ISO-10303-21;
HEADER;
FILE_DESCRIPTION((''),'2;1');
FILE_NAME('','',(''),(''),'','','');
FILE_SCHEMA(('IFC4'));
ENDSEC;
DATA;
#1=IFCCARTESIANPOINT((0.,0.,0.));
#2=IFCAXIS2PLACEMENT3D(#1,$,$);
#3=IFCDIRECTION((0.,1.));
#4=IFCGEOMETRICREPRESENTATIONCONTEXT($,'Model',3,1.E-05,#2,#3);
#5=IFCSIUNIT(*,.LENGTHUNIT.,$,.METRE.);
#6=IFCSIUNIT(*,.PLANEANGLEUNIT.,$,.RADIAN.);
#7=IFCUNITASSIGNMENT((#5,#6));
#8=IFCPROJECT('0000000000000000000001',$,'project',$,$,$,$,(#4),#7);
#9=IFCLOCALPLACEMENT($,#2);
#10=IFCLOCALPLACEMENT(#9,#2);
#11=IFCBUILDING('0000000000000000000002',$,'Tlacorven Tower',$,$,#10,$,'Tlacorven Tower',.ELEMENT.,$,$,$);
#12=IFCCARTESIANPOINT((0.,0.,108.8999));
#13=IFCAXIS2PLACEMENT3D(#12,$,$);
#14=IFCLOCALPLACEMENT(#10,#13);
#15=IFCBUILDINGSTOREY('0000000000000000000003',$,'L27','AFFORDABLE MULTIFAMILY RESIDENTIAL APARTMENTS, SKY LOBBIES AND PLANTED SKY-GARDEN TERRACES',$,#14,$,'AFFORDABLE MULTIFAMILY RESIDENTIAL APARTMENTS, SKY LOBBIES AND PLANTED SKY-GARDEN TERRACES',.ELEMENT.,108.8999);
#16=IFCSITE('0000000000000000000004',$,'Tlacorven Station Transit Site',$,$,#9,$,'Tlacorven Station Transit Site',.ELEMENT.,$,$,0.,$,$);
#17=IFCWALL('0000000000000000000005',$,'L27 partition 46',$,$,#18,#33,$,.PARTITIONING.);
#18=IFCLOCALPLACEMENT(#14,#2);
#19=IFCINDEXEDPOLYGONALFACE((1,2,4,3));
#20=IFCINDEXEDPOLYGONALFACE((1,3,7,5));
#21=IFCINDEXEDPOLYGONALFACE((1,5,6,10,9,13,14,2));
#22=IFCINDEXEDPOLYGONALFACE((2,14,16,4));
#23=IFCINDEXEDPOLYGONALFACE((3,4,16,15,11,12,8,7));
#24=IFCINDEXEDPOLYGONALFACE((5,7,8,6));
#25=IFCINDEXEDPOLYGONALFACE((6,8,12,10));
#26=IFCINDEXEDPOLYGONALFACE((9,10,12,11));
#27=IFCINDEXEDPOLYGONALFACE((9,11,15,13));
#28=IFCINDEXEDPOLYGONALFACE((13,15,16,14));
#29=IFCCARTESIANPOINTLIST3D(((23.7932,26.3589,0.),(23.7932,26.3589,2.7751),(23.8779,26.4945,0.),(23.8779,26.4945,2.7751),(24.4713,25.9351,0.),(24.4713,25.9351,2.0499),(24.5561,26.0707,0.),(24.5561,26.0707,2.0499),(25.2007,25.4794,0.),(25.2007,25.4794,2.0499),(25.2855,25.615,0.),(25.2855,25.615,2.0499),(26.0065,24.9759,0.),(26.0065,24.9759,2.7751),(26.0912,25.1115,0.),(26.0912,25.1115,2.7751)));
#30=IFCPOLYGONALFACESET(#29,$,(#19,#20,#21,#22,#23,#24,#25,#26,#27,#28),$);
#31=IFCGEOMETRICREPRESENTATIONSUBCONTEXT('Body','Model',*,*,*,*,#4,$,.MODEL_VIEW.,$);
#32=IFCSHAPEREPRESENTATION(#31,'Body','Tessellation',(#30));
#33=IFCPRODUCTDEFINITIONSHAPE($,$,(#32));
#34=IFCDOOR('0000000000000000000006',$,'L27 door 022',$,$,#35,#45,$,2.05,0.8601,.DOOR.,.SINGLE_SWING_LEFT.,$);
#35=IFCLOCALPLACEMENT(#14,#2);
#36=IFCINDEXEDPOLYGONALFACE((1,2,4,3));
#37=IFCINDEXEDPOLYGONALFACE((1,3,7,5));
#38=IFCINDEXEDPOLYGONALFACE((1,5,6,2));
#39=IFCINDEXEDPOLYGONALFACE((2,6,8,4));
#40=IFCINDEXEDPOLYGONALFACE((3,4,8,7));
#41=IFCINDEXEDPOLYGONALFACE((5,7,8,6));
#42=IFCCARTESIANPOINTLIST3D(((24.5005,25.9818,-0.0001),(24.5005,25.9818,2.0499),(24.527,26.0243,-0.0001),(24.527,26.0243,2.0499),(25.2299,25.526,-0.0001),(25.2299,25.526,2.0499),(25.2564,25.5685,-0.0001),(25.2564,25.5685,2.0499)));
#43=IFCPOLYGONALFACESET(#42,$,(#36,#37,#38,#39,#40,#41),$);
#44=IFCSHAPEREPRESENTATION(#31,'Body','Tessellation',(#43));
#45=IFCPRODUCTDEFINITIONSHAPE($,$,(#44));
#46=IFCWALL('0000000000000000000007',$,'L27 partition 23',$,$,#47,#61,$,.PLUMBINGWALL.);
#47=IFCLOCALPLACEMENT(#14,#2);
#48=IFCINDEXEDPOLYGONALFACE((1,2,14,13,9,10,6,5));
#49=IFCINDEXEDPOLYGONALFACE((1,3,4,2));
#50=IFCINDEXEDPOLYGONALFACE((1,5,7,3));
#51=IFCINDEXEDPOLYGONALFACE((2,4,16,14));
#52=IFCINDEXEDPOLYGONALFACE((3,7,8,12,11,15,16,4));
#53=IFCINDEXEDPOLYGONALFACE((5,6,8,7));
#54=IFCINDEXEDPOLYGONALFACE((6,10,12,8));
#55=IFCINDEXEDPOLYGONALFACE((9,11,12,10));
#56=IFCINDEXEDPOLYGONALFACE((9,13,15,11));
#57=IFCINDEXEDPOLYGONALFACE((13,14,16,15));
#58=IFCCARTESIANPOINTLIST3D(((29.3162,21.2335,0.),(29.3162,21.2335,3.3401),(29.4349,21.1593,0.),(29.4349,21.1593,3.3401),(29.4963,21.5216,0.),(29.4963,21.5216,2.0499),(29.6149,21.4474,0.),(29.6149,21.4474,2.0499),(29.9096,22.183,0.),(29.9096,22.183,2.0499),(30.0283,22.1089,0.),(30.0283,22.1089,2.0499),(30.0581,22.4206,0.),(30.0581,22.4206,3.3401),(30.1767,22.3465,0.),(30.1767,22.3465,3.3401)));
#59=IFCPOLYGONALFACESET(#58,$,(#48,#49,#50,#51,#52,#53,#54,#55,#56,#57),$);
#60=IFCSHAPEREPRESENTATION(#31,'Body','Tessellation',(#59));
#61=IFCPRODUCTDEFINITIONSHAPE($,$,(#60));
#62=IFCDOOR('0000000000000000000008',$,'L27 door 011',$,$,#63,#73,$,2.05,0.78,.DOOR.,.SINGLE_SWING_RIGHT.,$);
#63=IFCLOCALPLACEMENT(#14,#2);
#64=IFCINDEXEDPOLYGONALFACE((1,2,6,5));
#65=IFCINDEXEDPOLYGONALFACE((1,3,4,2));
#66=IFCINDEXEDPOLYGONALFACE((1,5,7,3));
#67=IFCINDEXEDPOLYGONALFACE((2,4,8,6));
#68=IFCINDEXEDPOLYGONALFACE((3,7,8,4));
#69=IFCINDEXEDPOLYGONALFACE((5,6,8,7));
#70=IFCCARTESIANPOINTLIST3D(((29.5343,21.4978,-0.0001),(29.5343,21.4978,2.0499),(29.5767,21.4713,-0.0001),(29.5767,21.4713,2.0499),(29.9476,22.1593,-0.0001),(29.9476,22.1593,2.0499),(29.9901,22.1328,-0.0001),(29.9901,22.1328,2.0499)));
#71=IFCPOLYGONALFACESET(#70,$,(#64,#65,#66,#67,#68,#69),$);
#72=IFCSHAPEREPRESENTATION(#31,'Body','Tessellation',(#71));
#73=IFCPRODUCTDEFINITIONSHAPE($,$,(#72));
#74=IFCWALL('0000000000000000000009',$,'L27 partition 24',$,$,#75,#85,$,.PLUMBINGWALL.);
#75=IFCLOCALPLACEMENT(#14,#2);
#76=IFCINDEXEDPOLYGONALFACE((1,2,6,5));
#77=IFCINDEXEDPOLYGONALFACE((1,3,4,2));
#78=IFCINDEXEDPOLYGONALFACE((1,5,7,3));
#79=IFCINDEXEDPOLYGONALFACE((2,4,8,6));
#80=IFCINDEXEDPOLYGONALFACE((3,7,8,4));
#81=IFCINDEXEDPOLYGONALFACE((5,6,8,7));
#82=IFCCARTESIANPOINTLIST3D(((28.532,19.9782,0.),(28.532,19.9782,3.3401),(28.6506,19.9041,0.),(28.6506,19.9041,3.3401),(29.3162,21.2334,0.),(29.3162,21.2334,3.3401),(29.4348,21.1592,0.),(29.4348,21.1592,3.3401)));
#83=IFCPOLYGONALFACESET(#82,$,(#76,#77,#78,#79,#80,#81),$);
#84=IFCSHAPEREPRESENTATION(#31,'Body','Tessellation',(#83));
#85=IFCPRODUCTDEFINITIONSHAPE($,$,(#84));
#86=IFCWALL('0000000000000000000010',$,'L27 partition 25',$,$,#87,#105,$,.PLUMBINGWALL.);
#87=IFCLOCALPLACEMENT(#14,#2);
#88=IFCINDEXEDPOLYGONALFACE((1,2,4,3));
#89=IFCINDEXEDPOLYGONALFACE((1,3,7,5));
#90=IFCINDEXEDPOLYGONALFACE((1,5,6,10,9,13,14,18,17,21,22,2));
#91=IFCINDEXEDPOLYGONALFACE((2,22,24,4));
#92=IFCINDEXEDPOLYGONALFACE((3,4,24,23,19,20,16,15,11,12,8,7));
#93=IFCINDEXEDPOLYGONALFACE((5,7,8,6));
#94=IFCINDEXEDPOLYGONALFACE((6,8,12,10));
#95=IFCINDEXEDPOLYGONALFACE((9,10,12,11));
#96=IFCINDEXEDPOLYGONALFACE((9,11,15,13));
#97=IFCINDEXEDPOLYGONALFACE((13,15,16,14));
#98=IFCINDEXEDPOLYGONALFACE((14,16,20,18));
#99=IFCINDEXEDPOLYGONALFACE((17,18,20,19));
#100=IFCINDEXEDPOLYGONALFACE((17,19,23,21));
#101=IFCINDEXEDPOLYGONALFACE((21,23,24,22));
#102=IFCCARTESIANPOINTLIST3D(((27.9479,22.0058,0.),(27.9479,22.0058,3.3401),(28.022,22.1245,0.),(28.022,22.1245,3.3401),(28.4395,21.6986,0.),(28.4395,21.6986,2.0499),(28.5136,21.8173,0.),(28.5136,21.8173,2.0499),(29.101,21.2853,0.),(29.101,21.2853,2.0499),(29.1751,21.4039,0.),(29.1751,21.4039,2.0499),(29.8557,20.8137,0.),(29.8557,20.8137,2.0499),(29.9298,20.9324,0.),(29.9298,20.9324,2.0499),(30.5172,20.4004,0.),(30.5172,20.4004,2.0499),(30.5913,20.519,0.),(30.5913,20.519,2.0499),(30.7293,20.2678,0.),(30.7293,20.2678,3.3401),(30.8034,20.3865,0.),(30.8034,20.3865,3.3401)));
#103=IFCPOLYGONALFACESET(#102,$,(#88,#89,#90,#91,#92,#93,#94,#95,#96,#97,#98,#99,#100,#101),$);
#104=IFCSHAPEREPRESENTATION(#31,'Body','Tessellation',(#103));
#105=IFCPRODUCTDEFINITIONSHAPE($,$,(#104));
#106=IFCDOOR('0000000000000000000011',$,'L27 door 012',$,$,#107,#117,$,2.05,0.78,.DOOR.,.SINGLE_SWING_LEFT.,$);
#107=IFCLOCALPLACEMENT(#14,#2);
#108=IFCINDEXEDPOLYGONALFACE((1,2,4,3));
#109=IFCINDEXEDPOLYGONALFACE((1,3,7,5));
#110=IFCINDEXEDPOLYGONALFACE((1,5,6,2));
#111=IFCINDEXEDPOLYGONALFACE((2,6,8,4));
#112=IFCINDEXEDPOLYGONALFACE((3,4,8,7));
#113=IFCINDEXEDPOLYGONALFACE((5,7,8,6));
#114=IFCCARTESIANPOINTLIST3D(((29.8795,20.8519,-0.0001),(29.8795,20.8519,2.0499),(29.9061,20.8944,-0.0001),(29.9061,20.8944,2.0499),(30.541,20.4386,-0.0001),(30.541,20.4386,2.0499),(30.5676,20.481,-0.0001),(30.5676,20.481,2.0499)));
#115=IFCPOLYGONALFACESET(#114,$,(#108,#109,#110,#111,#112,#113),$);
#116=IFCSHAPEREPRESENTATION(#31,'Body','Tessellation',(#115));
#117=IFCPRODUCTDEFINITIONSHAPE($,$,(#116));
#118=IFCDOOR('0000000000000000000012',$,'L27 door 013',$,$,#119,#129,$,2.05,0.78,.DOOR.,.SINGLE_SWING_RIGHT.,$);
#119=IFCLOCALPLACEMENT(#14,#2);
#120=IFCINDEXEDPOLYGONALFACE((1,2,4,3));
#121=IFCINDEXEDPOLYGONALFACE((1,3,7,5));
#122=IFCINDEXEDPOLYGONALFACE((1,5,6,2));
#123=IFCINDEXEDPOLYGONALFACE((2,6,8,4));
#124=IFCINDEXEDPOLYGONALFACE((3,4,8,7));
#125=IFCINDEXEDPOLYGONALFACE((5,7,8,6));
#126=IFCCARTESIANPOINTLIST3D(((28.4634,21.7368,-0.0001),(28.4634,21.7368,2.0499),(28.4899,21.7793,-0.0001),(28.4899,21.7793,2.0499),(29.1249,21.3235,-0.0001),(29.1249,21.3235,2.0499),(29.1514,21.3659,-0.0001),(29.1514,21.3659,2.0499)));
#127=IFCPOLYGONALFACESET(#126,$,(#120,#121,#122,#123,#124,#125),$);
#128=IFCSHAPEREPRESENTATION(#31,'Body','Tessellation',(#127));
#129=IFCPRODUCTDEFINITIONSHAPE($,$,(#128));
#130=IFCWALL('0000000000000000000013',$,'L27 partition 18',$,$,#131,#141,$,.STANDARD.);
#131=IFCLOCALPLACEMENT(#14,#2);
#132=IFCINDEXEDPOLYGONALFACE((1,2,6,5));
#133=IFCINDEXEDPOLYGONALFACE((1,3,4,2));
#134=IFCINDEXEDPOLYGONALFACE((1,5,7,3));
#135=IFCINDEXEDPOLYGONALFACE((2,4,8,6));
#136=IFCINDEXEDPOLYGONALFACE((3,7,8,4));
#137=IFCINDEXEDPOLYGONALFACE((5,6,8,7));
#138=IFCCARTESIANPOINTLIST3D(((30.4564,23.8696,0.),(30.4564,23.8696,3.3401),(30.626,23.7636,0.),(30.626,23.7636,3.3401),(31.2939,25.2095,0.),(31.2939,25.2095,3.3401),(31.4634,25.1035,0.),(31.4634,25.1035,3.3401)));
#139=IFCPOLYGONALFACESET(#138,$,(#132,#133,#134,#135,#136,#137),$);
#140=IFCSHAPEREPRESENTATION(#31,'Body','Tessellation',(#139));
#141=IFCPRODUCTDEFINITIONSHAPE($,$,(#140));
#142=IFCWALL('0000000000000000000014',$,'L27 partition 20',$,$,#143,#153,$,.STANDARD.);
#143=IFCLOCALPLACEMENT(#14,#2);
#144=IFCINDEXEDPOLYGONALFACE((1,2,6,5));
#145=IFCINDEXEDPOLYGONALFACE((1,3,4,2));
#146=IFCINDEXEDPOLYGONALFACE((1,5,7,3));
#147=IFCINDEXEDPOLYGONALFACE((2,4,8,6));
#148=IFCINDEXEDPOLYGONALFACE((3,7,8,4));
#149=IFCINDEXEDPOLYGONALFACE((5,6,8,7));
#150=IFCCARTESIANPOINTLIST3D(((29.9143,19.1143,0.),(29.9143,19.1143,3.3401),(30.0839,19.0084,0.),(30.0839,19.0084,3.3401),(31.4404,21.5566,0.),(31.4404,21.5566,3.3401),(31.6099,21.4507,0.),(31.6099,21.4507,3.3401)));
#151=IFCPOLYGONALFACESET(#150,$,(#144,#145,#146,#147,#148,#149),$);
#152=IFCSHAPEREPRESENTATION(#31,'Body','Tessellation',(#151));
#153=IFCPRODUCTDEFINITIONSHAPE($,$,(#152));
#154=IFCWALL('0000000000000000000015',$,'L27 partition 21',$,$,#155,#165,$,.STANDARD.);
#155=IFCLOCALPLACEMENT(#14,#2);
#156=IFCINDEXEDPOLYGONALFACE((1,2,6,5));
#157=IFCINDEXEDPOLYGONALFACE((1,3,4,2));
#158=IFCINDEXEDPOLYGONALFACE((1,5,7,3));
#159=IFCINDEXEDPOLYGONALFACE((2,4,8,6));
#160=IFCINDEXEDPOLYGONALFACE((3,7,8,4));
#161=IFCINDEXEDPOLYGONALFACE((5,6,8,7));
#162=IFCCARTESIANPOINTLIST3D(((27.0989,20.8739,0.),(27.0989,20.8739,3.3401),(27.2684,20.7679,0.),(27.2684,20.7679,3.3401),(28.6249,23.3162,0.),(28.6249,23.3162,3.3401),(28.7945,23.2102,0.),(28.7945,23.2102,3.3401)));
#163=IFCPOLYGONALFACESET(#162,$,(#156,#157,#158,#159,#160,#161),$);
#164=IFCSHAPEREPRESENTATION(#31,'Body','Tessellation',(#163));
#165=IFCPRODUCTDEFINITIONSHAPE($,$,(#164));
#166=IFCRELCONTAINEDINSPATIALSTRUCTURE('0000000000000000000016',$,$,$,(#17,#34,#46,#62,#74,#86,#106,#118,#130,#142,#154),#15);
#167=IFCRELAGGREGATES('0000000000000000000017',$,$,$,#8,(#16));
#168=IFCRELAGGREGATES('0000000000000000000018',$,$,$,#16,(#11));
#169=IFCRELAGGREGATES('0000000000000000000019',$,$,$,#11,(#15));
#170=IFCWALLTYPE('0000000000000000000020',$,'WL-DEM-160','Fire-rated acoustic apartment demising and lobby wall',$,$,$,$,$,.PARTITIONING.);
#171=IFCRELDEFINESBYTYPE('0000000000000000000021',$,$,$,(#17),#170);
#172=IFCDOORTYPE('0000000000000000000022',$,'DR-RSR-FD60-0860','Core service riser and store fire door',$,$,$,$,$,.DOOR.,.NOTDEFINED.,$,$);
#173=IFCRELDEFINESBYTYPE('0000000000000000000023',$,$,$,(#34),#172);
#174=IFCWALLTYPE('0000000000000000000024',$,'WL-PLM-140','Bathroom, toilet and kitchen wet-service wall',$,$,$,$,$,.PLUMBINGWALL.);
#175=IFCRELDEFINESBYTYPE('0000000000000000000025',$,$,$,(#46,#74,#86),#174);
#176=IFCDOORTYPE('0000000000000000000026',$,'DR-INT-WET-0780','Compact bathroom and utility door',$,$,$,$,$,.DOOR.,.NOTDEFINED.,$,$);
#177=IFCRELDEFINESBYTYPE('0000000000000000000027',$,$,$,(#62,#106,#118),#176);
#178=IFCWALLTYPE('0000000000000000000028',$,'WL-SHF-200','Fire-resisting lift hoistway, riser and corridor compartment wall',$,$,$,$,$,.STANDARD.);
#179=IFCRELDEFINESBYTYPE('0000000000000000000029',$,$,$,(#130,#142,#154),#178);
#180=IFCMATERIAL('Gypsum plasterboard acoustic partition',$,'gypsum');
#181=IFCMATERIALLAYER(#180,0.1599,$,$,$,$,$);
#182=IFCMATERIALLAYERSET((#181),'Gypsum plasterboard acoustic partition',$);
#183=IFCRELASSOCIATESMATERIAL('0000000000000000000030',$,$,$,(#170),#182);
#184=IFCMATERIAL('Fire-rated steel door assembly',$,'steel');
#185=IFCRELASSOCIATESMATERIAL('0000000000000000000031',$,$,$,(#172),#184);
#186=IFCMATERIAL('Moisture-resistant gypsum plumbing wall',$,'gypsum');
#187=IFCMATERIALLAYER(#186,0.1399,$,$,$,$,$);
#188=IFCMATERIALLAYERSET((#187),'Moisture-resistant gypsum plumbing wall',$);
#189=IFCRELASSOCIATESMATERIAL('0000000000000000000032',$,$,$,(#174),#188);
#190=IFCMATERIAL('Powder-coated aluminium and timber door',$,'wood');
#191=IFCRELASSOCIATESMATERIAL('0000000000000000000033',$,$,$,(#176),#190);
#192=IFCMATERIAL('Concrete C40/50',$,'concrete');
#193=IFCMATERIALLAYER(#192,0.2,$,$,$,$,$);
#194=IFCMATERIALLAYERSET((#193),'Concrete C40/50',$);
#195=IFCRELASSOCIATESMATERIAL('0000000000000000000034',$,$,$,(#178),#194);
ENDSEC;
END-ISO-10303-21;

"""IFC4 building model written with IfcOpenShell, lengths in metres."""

from ifc_helpers import new_model, si_unit, direction, frame, frame_2d, origin, place, context, subcontext, project, spatial, rectangle, extrude, source, transform, mapped, material, layer, layer_set, type_object, element, fill, save


model = new_model("IFC4")

# Units and contexts
model_context = context("Model", 3, precision=1e-05, world=origin(), true_north=direction((0.0, 1.0)))
body_context = subcontext(model_context, "Body", "Model", "MODEL_VIEW")
ifc_project = project(units=[si_unit("LENGTHUNIT", "METRE"), si_unit("PLANEANGLEUNIT", "RADIAN")], contexts=[model_context])

# Site, building, storey
site_placement = place(None, origin())
site = spatial("IfcSite", under=ifc_project, at=site_placement, Name="Tlacorven Station Transit Site", LongName="Tlacorven Station Transit Site", CompositionType="ELEMENT", RefElevation=0.0)
building_placement = place(site_placement, origin())
building = spatial("IfcBuilding", under=site, at=building_placement, Name="Tlacorven Tower", LongName="Tlacorven Tower", CompositionType="ELEMENT")
storey_placement = place(building_placement, frame((0.0, 0.0, 108.8999)))
storey = spatial("IfcBuildingStorey", under=building, at=storey_placement, Name="L27", Description="AFFORDABLE MULTIFAMILY RESIDENTIAL APARTMENTS, SKY LOBBIES AND PLANTED SKY-GARDEN TERRACES", LongName="AFFORDABLE MULTIFAMILY RESIDENTIAL APARTMENTS, SKY LOBBIES AND PLANTED SKY-GARDEN TERRACES", CompositionType="ELEMENT", Elevation=108.8999)

# Walls, openings, doors
ifc_material_1 = material(Name="Gypsum plasterboard acoustic partition", Category="gypsum")
ifc_layer_1 = layer(ifc_material_1, 0.1599)
ifc_layer_set_1 = layer_set([ifc_layer_1], Name="Gypsum plasterboard acoustic partition")
wall_type_1 = type_object("IfcWallType", Name="WL-DEM-160", Description="Fire-rated acoustic apartment demising and lobby wall", PredefinedType="PARTITIONING", material=ifc_layer_set_1)
wall_1_placement = place(storey_placement, frame((26.0488, 25.0437, 0.0), z_axis=(0.0, 0.0, 1.0), x_axis=(-0.848051, 0.529915, 0.0)))
wall_1 = element("IfcWall", 1, at=wall_1_placement, inside=storey, type_object=wall_type_1, Name="L27 partition 46", PredefinedType="PARTITIONING", context=body_context, shape_type="SweptSolid", body=[
    extrude(rectangle(XDim=2.6099, YDim=0.1599, at=frame_2d((1.3049, 0.0))), origin(), (0.0, 0.0, 1.0), 2.7751),
])
opening_1_placement = place(wall_1_placement, frame((0.95, 0.0, 0.0)))
opening_1 = element("IfcOpeningElement", 2, at=opening_1_placement, cuts=wall_1, PredefinedType="OPENING", context=body_context, shape_type="SweptSolid", body=[
    extrude(rectangle(XDim=0.8601, YDim=2.05, at=frame_2d((0.4302, 1.0249))), frame((0.0, 0.0898, 0.0), z_axis=(0.0, -1.0, 0.0), x_axis=(1.0, 0.0, 0.0)), (0.0, 0.0, 1.0), 0.1799),
])
ifc_material_2 = material(Name="Fire-rated steel door assembly", Category="steel")
door_type_1 = type_object("IfcDoorType", Name="DR-RSR-FD60-0860", Description="Core service riser and store fire door", OperationType="NOTDEFINED", PredefinedType="DOOR", material=ifc_material_2)
shared_shape_1 = source(origin(), body_context, "Body", "SweptSolid", [
    extrude(rectangle(XDim=0.8601, YDim=2.05, at=frame_2d((0.4302, 1.0249))), frame((0.0, 0.0249, 0.0), z_axis=(0.0, -1.0, 0.0), x_axis=(1.0, 0.0, 0.0)), (0.0, 0.0, 1.0), 0.05),
])
door_1_placement = place(opening_1_placement, origin())
door_1 = element("IfcDoor", 3, at=door_1_placement, inside=storey, type_object=door_type_1, Name="L27 door 022", OperationType="SINGLE_SWING_LEFT", OverallHeight=2.05, OverallWidth=0.8601, PredefinedType="DOOR", context=body_context, shape_type="MappedRepresentation", body=[
    mapped(shared_shape_1, transform((0.0, 0.0, 0.0), scale=1.0)),
])
fill(opening_1, door_1)
ifc_material_3 = material(Name="Moisture-resistant gypsum plumbing wall", Category="gypsum")
ifc_layer_2 = layer(ifc_material_3, 0.1399)
ifc_layer_set_2 = layer_set([ifc_layer_2], Name="Moisture-resistant gypsum plumbing wall")
wall_type_2 = type_object("IfcWallType", Name="WL-PLM-140", Description="Bathroom, toilet and kitchen wet-service wall", PredefinedType="PLUMBINGWALL", material=ifc_layer_set_2)
wall_2_placement = place(storey_placement, frame((30.1174, 22.3835, 0.0), z_axis=(0.0, 0.0, 1.0), x_axis=(-0.529952, -0.848028, 0.0)))
wall_2 = element("IfcWall", 4, at=wall_2_placement, inside=storey, type_object=wall_type_2, Name="L27 partition 23", PredefinedType="PLUMBINGWALL", context=body_context, shape_type="SweptSolid", body=[
    extrude(rectangle(XDim=1.3999, YDim=0.1399, at=frame_2d((0.7, 0.0))), origin(), (0.0, 0.0, 1.0), 3.3401),
])
opening_2_placement = place(wall_2_placement, frame((0.28, 0.0, 0.0)))
opening_2 = element("IfcOpeningElement", 5, at=opening_2_placement, cuts=wall_2, PredefinedType="OPENING", context=body_context, shape_type="SweptSolid", body=[
    extrude(rectangle(XDim=0.78, YDim=2.05, at=frame_2d((0.3901, 1.0249))), frame((0.0, 0.0801, 0.0), z_axis=(0.0, -1.0, 0.0), x_axis=(1.0, 0.0, 0.0)), (0.0, 0.0, 1.0), 0.1599),
])
ifc_material_4 = material(Name="Powder-coated aluminium and timber door", Category="wood")
door_type_2 = type_object("IfcDoorType", Name="DR-INT-WET-0780", Description="Compact bathroom and utility door", OperationType="NOTDEFINED", PredefinedType="DOOR", material=ifc_material_4)
shared_shape_2 = source(origin(), body_context, "Body", "SweptSolid", [
    extrude(rectangle(XDim=0.78, YDim=2.05, at=frame_2d((0.3901, 1.0249))), frame((0.0, 0.0249, 0.0), z_axis=(0.0, -1.0, 0.0), x_axis=(1.0, 0.0, 0.0)), (0.0, 0.0, 1.0), 0.05),
])
door_2_placement = place(opening_2_placement, origin())
door_2 = element("IfcDoor", 6, at=door_2_placement, inside=storey, type_object=door_type_2, Name="L27 door 011", OperationType="SINGLE_SWING_RIGHT", OverallHeight=2.05, OverallWidth=0.78, PredefinedType="DOOR", context=body_context, shape_type="MappedRepresentation", body=[
    mapped(shared_shape_2, transform((0.0, 0.0, 0.0), scale=1.0)),
])
fill(opening_2, door_2)

# Wall
wall_3_placement = place(storey_placement, frame((29.3755, 21.1963, 0.0), z_axis=(0.0, 0.0, 1.0), x_axis=(-0.529865, -0.848082, 0.0)))
element("IfcWall", 7, at=wall_3_placement, inside=storey, type_object=wall_type_2, Name="L27 partition 24", PredefinedType="PLUMBINGWALL", context=body_context, shape_type="SweptSolid", body=[
    extrude(rectangle(XDim=1.48, YDim=0.1399, at=frame_2d((0.74, 0.0))), origin(), (0.0, 0.0, 1.0), 3.3401),
])

# Wall, openings, doors
wall_4_placement = place(storey_placement, frame((30.7664, 20.3271, 0.0), z_axis=(0.0, 0.0, 1.0), x_axis=(-0.848053, 0.529912, 0.0)))
wall_4 = element("IfcWall", 8, at=wall_4_placement, inside=storey, type_object=wall_type_2, Name="L27 partition 25", PredefinedType="PLUMBINGWALL", context=body_context, shape_type="SweptSolid", body=[
    extrude(rectangle(XDim=3.2798, YDim=0.1399, at=frame_2d((1.6399, 0.0))), origin(), (0.0, 0.0, 1.0), 3.3401),
])
opening_3_placement = place(wall_4_placement, frame((0.25, 0.0, 0.0)))
opening_3 = element("IfcOpeningElement", 9, at=opening_3_placement, cuts=wall_4, PredefinedType="OPENING", context=body_context, shape_type="SweptSolid", body=[
    extrude(rectangle(XDim=0.78, YDim=2.05, at=frame_2d((0.3901, 1.0249))), frame((0.0, 0.0801, 0.0), z_axis=(0.0, -1.0, 0.0), x_axis=(1.0, 0.0, 0.0)), (0.0, 0.0, 1.0), 0.1599),
])
opening_4_placement = place(wall_4_placement, frame((1.9199, 0.0, 0.0)))
opening_4 = element("IfcOpeningElement", 10, at=opening_4_placement, cuts=wall_4, PredefinedType="OPENING", context=body_context, shape_type="SweptSolid", body=[
    extrude(rectangle(XDim=0.78, YDim=2.05, at=frame_2d((0.3901, 1.0249))), frame((0.0, 0.0801, 0.0), z_axis=(0.0, -1.0, 0.0), x_axis=(1.0, 0.0, 0.0)), (0.0, 0.0, 1.0), 0.1599),
])
door_3_placement = place(opening_3_placement, origin())
door_3 = element("IfcDoor", 11, at=door_3_placement, inside=storey, type_object=door_type_2, Name="L27 door 012", OperationType="SINGLE_SWING_LEFT", OverallHeight=2.05, OverallWidth=0.78, PredefinedType="DOOR", context=body_context, shape_type="MappedRepresentation", body=[
    mapped(shared_shape_2, transform((0.0, 0.0, 0.0), scale=1.0)),
])
fill(opening_3, door_3)
door_4_placement = place(opening_4_placement, origin())
door_4 = element("IfcDoor", 12, at=door_4_placement, inside=storey, type_object=door_type_2, Name="L27 door 013", OperationType="SINGLE_SWING_RIGHT", OverallHeight=2.05, OverallWidth=0.78, PredefinedType="DOOR", context=body_context, shape_type="MappedRepresentation", body=[
    mapped(shared_shape_2, transform((0.0, 0.0, 0.0), scale=1.0)),
])
fill(opening_4, door_4)

# Walls
ifc_material_5 = material(Name="Concrete C40/50", Category="concrete")
ifc_layer_3 = layer(ifc_material_5, 0.2)
ifc_layer_set_3 = layer_set([ifc_layer_3], Name="Concrete C40/50")
wall_type_3 = type_object("IfcWallType", Name="WL-SHF-200", Description="Fire-resisting lift hoistway, riser and corridor compartment wall", PredefinedType="STANDARD", material=ifc_layer_set_3)
wall_5_placement = place(storey_placement, frame((31.3787, 25.1565, 0.0), z_axis=(0.0, 0.0, 1.0), x_axis=(-0.529999, -0.847998, 0.0)))
element("IfcWall", 13, at=wall_5_placement, inside=storey, type_object=wall_type_3, Name="L27 partition 18", PredefinedType="STANDARD", context=body_context, shape_type="SweptSolid", body=[
    extrude(rectangle(XDim=1.5801, YDim=0.2, at=frame_2d((0.79, 0.0))), origin(), (0.0, 0.0, 1.0), 3.3401),
])
for number, where, z_axis, x_axis, name in (
    (14, (31.5251, 21.5037, 0.0), (0.0, 0.0, 1.0), (-0.529907, -0.848055, 0.0), "L27 partition 20"),
    (15, (28.7097, 23.2632, 0.0), (0.0, 0.0, 1.0), (-0.529907, -0.848055, 0.0), "L27 partition 21"),
):
    element("IfcWall", number, at=place(storey_placement, frame(where, z_axis=z_axis, x_axis=x_axis)), inside=storey, type_object=wall_type_3, Name=name, PredefinedType="STANDARD", context=body_context, shape_type="SweptSolid", body=[
        extrude(rectangle(XDim=2.8799, YDim=0.2, at=frame_2d((1.4399, 0.0))), origin(), (0.0, 0.0, 1.0), 3.3401),
    ])

save(model, "model.ifc")
